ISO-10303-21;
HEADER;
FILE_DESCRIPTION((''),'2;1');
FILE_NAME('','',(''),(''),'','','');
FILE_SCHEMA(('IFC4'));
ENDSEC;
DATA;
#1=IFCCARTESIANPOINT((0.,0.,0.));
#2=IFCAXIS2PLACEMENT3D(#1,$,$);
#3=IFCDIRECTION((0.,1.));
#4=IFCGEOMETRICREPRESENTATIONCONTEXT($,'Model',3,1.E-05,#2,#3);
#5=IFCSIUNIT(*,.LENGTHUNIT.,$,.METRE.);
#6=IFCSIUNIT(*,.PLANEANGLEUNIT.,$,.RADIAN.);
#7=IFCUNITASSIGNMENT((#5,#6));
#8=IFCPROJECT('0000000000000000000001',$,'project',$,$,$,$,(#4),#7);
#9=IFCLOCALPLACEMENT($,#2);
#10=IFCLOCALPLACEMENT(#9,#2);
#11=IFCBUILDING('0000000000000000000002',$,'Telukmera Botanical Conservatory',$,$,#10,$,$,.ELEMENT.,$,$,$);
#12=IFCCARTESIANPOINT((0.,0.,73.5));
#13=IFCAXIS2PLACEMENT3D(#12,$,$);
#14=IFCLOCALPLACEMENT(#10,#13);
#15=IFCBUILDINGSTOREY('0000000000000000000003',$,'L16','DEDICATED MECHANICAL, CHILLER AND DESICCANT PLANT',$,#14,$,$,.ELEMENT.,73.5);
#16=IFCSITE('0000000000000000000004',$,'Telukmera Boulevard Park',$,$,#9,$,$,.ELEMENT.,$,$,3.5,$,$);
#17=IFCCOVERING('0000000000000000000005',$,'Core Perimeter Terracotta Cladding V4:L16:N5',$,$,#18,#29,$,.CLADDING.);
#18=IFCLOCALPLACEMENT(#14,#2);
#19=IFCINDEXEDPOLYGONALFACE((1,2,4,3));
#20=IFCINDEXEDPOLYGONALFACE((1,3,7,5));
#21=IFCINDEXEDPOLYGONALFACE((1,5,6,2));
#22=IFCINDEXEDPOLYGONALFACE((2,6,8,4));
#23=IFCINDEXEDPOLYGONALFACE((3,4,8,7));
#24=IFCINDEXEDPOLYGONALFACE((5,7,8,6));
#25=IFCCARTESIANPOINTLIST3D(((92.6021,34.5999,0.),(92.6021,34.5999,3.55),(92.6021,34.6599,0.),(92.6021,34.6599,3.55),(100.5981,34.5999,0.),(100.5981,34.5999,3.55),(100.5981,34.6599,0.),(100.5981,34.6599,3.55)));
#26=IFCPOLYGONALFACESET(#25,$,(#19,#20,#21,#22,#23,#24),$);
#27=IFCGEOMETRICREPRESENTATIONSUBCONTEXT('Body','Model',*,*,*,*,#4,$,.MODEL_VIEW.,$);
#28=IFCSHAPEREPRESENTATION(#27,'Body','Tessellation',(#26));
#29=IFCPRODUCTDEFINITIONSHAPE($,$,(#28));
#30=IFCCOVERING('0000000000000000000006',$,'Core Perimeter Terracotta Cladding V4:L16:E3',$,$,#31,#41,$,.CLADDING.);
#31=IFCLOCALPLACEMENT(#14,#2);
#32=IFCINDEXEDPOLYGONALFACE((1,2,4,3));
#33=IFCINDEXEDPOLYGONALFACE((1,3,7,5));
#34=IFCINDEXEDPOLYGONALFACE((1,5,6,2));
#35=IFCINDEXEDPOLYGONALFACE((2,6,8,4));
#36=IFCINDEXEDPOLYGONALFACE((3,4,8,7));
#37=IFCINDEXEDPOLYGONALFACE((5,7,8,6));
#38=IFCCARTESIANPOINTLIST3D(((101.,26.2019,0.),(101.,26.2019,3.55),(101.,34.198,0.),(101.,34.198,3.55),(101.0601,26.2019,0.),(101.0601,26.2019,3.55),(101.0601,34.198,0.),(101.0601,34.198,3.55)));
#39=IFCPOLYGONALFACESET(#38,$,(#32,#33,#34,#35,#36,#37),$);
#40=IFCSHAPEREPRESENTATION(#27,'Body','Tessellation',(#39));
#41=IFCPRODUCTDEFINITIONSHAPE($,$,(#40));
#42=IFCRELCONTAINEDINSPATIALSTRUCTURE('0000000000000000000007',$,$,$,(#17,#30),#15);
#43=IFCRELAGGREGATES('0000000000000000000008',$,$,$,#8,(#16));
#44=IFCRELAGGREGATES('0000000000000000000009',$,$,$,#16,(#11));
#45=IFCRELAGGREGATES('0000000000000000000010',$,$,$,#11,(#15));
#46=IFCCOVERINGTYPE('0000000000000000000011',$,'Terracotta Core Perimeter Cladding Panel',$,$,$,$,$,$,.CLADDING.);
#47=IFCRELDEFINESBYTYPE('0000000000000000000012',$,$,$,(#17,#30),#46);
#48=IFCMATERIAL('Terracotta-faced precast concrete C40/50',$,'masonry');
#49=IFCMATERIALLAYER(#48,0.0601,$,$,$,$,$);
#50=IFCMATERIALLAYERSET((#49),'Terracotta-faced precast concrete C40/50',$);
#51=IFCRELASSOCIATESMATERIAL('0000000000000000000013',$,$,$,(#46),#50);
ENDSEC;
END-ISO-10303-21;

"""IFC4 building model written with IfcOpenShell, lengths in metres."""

from ifc_helpers import new_model, si_unit, direction, frame, origin, origin_2d, place, context, subcontext, project, spatial, rectangle, extrude, material, layer, layer_set, type_object, element, save


model = new_model("IFC4")

# Units and contexts
model_context = context("Model", 3, precision=1e-05, world=origin(), true_north=direction((0.0, 1.0)))
body_context = subcontext(model_context, "Body", "Model", "MODEL_VIEW")
ifc_project = project(units=[si_unit("LENGTHUNIT", "METRE"), si_unit("PLANEANGLEUNIT", "RADIAN")], contexts=[model_context])

# Site, building, storey
site_placement = place(None, origin())
site = spatial("IfcSite", under=ifc_project, at=site_placement, Name="Telukmera Boulevard Park", CompositionType="ELEMENT", RefElevation=3.5)
building_placement = place(site_placement, origin())
building = spatial("IfcBuilding", under=site, at=building_placement, Name="Telukmera Botanical Conservatory", CompositionType="ELEMENT")
storey_placement = place(building_placement, frame((0.0, 0.0, 73.5)))
storey = spatial("IfcBuildingStorey", under=building, at=storey_placement, Name="L16", Description="DEDICATED MECHANICAL, CHILLER AND DESICCANT PLANT", CompositionType="ELEMENT", Elevation=73.5)

# Shared definitions
ifc_material_1 = material(Name="Terracotta-faced precast concrete C40/50", Category="masonry")

# Coverings
ifc_layer_1 = layer(ifc_material_1, 0.0601)
ifc_layer_set_1 = layer_set([ifc_layer_1], Name="Terracotta-faced precast concrete C40/50")
covering_type_1 = type_object("IfcCoveringType", Name="Terracotta Core Perimeter Cladding Panel", PredefinedType="CLADDING", material=ifc_layer_set_1)
for number, where, z_axis, x_axis, name in (
    (1, (96.6001, 34.6299, 0.0), (0.0, 0.0, 1.0), (1.0, 0.0, 0.0), "Core Perimeter Terracotta Cladding V4:L16:N5"),
    (2, (101.03, 30.2, 0.0), (0.0, 0.0, 1.0), (0.0, 1.0, 0.0), "Core Perimeter Terracotta Cladding V4:L16:E3"),
):
    element("IfcCovering", number, at=place(storey_placement, frame(where, z_axis=z_axis, x_axis=x_axis)), inside=storey, type_object=covering_type_1, Name=name, PredefinedType="CLADDING", context=body_context, shape_type="SweptSolid", body=[
        extrude(rectangle(XDim=7.9961, YDim=0.0601, at=origin_2d()), origin(), (0.0, 0.0, 1.0), 3.55),
    ])

save(model, "model.ifc")
